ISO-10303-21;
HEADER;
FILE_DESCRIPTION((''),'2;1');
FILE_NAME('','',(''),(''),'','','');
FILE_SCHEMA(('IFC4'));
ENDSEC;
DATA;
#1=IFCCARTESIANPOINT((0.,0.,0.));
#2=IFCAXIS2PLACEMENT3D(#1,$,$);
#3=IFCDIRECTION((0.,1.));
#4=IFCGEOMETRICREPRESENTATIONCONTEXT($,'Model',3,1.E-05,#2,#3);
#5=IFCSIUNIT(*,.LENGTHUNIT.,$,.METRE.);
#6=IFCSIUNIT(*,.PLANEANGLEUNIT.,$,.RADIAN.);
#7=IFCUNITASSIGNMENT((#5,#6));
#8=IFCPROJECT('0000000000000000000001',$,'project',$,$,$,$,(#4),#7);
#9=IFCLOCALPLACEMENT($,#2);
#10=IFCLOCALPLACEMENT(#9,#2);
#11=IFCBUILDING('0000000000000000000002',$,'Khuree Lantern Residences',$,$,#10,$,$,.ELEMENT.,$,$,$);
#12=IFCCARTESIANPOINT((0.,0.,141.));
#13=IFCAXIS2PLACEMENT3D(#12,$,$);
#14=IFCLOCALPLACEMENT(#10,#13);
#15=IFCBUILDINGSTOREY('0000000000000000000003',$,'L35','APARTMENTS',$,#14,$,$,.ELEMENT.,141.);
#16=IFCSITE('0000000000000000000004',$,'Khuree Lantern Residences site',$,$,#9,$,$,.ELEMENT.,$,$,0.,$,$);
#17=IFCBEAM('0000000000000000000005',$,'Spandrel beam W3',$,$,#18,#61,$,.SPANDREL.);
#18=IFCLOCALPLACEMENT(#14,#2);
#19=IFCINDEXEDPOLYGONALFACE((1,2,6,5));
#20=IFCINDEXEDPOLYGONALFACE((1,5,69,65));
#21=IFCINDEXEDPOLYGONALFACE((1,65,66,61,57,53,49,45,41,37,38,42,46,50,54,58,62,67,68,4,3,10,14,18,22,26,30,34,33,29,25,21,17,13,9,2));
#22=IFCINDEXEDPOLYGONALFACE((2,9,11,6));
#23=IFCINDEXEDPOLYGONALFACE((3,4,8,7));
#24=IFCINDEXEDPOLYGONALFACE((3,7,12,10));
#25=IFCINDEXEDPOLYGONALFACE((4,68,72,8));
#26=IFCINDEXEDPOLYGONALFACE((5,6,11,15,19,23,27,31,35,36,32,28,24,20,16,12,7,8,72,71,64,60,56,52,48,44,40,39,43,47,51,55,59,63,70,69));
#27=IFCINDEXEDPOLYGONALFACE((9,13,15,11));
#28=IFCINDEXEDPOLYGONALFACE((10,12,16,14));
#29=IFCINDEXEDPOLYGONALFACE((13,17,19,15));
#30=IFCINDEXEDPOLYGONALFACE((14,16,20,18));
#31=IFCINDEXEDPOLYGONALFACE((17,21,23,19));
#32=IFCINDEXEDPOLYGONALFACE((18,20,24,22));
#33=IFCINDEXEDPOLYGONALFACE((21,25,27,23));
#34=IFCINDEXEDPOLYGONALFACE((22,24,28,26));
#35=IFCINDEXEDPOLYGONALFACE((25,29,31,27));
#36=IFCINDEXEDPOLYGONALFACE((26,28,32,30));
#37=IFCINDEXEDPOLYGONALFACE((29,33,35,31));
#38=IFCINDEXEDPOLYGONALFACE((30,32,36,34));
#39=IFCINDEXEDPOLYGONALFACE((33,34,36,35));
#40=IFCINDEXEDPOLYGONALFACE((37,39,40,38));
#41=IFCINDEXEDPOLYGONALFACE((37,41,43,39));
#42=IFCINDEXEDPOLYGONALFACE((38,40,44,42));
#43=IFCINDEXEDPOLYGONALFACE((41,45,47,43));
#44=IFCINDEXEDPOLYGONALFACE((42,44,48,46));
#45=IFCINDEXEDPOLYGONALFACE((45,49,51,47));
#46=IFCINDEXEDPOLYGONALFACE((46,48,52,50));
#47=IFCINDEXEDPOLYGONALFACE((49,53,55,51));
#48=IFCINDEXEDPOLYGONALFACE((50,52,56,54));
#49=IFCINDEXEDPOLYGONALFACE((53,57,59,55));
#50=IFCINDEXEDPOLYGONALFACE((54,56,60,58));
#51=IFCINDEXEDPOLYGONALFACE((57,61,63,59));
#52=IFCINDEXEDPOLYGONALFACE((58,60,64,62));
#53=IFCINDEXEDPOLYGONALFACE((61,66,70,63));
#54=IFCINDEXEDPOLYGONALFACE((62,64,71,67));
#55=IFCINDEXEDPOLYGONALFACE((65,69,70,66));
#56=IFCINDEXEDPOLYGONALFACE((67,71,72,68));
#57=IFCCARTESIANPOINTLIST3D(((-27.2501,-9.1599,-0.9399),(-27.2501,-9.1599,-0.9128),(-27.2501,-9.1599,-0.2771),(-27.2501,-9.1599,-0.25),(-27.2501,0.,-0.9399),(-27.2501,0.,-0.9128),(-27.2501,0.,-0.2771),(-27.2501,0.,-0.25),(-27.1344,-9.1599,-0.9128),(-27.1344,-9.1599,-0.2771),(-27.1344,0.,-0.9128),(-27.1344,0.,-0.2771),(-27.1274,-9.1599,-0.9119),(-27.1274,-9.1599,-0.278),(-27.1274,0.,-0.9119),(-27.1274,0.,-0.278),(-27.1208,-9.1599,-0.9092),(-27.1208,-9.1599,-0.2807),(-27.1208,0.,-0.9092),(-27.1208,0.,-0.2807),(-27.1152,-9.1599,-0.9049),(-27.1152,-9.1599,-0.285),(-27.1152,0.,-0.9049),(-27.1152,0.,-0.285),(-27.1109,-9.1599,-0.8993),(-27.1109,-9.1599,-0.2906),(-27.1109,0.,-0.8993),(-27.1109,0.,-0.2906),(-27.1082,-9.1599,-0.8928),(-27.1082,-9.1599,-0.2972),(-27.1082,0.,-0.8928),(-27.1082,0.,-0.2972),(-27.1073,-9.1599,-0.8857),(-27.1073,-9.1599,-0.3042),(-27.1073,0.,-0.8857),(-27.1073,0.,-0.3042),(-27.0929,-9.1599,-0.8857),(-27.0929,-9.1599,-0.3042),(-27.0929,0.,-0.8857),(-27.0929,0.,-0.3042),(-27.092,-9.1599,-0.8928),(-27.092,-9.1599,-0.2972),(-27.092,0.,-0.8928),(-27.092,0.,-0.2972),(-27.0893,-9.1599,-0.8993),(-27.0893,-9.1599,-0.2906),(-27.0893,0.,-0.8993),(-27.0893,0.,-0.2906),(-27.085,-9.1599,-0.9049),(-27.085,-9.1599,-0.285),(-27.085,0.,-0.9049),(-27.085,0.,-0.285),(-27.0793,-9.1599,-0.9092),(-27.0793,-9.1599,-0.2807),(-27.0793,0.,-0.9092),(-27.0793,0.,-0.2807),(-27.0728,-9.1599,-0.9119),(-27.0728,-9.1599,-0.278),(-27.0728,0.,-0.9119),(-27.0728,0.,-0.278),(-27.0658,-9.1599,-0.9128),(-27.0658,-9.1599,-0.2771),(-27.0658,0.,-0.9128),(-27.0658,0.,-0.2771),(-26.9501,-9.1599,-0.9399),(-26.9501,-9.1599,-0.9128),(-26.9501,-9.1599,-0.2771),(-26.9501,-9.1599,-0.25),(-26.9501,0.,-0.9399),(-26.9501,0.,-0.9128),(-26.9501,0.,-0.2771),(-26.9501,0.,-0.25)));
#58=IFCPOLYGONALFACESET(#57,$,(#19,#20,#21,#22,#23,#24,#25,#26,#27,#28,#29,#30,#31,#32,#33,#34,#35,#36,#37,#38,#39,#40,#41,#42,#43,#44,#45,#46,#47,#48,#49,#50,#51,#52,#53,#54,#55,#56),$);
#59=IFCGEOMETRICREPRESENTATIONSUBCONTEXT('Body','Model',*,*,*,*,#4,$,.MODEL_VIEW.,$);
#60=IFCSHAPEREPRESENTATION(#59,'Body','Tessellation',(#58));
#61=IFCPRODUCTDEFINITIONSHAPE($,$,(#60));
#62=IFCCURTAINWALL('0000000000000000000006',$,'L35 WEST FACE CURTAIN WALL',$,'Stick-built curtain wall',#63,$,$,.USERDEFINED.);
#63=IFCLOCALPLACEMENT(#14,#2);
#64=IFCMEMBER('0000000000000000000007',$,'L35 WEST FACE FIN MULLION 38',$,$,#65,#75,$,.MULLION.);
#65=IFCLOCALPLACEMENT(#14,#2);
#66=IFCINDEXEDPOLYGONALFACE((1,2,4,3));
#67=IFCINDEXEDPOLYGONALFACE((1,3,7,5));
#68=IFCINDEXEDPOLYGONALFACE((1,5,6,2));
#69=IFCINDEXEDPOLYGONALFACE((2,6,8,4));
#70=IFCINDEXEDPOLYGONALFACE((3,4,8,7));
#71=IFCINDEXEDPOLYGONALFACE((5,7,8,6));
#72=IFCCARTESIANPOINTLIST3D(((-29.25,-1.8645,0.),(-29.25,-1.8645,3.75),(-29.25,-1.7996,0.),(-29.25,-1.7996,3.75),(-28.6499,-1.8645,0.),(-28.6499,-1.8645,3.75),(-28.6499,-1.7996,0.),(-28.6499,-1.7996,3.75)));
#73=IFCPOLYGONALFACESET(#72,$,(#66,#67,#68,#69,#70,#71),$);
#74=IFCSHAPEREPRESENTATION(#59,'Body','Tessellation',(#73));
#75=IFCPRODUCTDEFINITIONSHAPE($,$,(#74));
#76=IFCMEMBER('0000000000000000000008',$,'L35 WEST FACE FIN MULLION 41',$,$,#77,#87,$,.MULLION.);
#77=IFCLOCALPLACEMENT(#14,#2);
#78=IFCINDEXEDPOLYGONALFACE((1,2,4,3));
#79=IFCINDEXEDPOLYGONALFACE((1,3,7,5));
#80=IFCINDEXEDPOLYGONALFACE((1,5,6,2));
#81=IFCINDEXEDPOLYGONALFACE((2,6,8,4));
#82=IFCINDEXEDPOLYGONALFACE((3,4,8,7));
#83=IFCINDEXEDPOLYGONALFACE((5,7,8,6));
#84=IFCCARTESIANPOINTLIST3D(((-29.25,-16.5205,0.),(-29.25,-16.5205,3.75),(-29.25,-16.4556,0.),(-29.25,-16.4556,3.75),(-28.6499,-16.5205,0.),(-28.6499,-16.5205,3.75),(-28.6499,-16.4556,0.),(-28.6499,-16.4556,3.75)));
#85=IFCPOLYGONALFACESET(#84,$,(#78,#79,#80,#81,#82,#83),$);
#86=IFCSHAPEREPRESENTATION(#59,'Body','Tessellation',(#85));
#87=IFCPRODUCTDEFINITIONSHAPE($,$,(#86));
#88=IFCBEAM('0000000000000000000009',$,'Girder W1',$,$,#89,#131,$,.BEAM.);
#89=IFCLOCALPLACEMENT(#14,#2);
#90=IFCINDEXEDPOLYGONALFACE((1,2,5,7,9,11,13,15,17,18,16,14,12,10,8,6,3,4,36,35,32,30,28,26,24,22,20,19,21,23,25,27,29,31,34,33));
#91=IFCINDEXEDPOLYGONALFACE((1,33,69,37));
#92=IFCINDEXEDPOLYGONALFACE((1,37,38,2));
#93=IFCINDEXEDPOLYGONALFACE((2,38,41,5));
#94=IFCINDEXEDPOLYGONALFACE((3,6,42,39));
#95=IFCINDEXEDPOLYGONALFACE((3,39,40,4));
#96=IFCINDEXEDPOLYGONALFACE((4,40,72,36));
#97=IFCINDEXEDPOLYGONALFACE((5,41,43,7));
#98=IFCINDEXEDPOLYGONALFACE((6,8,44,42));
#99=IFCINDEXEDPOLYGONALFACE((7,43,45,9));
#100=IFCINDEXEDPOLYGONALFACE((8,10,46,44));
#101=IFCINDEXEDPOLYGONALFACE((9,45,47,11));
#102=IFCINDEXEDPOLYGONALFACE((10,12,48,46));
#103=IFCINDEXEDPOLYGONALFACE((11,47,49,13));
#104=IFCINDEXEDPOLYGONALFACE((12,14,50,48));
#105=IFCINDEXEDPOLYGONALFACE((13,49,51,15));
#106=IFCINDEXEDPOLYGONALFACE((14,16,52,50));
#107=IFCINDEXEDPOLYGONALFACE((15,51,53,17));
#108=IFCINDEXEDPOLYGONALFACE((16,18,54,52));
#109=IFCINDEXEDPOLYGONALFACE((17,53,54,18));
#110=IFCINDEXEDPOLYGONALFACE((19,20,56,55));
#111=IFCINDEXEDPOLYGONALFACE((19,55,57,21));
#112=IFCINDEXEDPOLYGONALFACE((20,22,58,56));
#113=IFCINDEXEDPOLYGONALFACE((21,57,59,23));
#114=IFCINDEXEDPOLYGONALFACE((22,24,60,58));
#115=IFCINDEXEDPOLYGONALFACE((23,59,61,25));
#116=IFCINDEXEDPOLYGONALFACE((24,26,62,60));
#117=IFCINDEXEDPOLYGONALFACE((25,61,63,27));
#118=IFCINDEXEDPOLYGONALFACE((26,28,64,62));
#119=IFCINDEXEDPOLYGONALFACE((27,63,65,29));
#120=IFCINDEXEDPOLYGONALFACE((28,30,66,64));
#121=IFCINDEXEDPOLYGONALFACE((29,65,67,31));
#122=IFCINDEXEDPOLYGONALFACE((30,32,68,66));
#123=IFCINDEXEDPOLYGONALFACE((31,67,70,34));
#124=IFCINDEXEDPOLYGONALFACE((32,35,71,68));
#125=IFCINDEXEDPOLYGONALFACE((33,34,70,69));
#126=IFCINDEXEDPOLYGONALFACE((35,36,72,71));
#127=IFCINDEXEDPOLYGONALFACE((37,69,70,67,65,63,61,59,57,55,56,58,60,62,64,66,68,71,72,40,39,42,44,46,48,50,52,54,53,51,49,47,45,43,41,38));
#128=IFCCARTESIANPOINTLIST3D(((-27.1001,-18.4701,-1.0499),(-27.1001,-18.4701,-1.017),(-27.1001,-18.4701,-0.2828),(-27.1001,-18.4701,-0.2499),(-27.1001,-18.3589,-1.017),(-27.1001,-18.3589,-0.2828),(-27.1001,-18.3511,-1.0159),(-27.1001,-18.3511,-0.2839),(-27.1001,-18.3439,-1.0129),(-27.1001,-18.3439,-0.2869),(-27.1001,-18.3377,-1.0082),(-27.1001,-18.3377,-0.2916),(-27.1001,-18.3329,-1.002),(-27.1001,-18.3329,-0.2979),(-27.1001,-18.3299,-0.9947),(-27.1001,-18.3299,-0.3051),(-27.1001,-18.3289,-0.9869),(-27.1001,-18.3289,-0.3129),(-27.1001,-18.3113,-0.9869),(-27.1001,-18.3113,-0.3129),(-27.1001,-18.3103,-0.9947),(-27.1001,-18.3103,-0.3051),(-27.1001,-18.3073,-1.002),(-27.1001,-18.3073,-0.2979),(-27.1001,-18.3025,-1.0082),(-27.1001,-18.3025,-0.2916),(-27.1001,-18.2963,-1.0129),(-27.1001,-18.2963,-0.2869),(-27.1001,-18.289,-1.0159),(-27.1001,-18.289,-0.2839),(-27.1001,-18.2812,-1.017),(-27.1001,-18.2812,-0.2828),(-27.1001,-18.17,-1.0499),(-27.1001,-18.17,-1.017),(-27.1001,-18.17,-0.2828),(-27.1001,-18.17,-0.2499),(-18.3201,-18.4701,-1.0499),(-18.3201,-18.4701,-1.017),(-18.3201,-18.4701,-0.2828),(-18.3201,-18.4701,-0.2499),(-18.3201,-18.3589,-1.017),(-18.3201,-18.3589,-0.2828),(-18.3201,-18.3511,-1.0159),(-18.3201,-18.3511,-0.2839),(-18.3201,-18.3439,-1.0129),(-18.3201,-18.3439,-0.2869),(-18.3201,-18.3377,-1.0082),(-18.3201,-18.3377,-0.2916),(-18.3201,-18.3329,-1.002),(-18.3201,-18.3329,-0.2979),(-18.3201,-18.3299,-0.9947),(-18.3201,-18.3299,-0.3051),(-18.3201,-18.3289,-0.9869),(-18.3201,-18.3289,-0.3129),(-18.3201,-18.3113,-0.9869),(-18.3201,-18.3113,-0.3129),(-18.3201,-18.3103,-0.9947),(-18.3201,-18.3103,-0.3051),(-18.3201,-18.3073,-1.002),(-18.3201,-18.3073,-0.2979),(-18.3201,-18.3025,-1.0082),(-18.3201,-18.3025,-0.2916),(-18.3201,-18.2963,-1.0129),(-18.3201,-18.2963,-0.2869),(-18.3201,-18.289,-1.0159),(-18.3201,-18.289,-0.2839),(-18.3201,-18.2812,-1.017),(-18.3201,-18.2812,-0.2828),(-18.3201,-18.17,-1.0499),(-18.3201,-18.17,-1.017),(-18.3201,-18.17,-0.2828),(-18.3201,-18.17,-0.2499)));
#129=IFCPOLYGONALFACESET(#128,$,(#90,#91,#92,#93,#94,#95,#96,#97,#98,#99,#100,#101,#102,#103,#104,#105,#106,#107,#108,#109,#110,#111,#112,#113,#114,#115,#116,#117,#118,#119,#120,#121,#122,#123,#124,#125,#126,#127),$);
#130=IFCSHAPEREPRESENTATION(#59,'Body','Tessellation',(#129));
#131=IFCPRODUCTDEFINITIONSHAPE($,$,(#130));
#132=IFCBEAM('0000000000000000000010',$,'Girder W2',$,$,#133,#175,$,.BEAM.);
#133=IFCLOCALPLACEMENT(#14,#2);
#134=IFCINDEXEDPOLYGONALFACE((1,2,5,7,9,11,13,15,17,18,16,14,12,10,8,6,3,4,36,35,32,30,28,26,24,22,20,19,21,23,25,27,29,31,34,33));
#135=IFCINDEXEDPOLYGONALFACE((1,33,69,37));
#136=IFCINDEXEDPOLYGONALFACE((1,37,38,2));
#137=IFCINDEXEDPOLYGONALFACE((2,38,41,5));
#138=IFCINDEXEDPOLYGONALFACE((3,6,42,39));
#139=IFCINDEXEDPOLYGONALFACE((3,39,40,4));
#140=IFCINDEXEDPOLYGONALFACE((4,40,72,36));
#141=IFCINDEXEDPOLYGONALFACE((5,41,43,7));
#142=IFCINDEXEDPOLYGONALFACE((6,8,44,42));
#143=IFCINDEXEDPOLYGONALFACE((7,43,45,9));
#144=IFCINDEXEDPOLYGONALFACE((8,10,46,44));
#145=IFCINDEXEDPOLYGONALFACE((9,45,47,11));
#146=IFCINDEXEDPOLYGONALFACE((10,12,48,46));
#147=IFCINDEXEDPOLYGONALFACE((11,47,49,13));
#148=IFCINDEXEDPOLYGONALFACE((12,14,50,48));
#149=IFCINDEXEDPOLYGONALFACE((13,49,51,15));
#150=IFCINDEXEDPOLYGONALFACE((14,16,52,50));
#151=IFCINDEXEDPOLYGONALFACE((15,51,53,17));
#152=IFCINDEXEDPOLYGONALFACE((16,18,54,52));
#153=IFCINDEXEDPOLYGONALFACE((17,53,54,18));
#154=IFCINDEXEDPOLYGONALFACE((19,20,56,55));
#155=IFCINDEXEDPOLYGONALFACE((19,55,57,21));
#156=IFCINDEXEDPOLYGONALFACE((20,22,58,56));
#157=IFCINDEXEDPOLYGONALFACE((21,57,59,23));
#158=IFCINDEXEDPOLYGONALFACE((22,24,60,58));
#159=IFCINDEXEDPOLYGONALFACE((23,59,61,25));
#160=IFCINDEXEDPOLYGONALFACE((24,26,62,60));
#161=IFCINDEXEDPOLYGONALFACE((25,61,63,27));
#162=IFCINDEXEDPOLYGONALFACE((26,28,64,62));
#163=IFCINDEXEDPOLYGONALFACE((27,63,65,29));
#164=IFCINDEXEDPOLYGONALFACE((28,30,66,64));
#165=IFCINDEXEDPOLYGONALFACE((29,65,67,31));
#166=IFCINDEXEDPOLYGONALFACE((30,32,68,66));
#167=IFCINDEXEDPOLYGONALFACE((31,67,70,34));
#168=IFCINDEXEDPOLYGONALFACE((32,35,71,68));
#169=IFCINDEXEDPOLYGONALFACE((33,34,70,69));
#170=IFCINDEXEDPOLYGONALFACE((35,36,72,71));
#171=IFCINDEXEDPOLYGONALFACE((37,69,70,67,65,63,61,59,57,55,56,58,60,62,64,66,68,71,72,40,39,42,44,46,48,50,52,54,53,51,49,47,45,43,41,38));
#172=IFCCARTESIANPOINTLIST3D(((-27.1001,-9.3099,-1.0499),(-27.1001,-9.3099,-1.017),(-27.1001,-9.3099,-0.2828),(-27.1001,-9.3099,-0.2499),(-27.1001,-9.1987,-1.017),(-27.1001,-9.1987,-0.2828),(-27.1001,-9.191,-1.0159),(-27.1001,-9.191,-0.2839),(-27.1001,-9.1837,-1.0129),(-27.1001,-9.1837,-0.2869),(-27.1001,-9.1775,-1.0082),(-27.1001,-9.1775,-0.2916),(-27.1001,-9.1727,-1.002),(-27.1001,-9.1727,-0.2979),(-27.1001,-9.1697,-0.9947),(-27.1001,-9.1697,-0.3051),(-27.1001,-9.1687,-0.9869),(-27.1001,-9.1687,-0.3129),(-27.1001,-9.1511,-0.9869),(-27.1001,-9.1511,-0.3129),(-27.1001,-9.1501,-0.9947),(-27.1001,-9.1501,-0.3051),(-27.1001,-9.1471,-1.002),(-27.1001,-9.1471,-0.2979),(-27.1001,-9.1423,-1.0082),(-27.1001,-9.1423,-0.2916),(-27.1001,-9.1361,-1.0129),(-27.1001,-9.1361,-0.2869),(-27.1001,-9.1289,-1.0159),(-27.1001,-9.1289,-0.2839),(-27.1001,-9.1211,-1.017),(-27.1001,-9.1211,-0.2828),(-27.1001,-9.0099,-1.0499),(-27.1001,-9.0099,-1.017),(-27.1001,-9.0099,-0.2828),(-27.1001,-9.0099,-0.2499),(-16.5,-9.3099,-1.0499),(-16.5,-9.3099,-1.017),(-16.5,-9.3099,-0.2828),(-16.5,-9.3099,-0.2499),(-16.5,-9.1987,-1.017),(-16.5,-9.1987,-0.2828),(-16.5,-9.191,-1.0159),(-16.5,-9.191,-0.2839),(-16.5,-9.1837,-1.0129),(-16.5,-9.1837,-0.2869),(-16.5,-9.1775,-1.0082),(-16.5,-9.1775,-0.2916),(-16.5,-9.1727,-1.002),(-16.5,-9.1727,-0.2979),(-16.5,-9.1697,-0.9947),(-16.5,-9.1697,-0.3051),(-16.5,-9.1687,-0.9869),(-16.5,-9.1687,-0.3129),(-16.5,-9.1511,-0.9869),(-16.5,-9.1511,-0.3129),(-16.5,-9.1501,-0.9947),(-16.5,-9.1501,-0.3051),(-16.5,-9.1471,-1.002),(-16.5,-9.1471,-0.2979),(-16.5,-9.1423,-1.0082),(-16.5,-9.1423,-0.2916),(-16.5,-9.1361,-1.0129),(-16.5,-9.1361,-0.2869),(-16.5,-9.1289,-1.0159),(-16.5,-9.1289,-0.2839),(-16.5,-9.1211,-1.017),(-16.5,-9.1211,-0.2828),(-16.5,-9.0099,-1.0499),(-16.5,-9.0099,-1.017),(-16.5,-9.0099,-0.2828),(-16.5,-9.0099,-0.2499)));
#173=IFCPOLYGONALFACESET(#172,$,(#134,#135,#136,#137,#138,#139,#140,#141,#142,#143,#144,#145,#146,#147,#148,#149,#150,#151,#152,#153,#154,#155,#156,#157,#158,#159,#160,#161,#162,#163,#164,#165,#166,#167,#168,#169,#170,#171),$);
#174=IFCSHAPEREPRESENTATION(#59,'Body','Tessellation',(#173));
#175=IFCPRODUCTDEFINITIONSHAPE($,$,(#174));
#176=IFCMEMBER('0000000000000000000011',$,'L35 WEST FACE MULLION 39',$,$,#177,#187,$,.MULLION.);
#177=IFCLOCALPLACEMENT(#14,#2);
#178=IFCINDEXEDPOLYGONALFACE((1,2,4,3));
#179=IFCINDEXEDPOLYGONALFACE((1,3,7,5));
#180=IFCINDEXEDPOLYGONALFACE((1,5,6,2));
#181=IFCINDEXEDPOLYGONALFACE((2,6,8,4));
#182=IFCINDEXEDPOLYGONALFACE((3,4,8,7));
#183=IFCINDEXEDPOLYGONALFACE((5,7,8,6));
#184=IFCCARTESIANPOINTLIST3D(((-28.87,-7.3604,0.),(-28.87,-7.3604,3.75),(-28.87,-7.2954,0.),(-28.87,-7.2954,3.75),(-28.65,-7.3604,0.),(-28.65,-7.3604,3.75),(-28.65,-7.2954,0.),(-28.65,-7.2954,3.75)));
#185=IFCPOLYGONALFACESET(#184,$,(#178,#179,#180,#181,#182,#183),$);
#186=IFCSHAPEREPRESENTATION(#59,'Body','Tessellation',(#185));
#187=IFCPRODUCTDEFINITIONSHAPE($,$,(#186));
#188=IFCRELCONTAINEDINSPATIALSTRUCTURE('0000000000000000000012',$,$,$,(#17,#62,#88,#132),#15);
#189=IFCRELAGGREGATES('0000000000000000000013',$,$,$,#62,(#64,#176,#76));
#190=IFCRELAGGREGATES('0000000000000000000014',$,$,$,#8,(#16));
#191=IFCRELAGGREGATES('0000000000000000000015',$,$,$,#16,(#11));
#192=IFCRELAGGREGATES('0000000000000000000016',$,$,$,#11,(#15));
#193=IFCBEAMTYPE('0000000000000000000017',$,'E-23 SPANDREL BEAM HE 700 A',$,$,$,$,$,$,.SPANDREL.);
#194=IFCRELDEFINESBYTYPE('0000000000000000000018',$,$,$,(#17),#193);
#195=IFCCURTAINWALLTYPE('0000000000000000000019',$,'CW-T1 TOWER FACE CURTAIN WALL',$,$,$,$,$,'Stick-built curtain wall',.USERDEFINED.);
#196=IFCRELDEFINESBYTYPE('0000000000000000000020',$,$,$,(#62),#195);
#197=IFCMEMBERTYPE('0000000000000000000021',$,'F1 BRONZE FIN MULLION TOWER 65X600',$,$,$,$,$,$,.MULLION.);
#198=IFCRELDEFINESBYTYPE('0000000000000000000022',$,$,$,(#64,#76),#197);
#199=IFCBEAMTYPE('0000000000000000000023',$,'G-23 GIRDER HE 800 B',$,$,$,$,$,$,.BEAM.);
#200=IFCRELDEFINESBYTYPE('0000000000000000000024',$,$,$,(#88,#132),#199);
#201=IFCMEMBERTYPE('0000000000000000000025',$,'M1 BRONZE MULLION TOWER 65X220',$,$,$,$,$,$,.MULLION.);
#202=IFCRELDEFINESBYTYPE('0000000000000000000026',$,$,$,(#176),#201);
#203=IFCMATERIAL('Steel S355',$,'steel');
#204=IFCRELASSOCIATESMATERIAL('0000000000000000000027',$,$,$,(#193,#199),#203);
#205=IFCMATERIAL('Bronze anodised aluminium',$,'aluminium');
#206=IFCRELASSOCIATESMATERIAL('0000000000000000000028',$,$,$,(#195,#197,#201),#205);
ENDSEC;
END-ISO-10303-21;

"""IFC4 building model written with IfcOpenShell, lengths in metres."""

from ifc_helpers import new_model, si_unit, direction, frame, origin, origin_2d, place, context, subcontext, project, spatial, rectangle, i_section, extrude, material, material_profile, profile_set, type_object, element, aggregate, save


model = new_model("IFC4")

# Units and contexts
model_context = context("Model", 3, precision=1e-05, world=origin(), true_north=direction((0.0, 1.0)))
body_context = subcontext(model_context, "Body", "Model", "MODEL_VIEW")
ifc_project = project(units=[si_unit("LENGTHUNIT", "METRE"), si_unit("PLANEANGLEUNIT", "RADIAN")], contexts=[model_context])

# Site, building, storey
site_placement = place(None, origin())
site = spatial("IfcSite", under=ifc_project, at=site_placement, Name="Khuree Lantern Residences site", CompositionType="ELEMENT", RefElevation=0.0)
building_placement = place(site_placement, origin())
building = spatial("IfcBuilding", under=site, at=building_placement, Name="Khuree Lantern Residences", CompositionType="ELEMENT")
storey_placement = place(building_placement, frame((0.0, 0.0, 141.0)))
storey = spatial("IfcBuildingStorey", under=building, at=storey_placement, Name="L35", Description="APARTMENTS", CompositionType="ELEMENT", Elevation=141.0)

# Beam
ifc_material_1 = material(Name="Steel S355", Category="steel")
ifc_material_profile_1 = material_profile(ifc_material_1, i_section(OverallWidth=0.3, OverallDepth=0.6899, WebThickness=0.0144, FlangeThickness=0.0271, FilletRadius=0.0271, at=origin_2d()), Name="HE 700 A")
ifc_profile_set_1 = profile_set([ifc_material_profile_1], Name="Steel S355")
beam_type_1 = type_object("IfcBeamType", Name="E-23 SPANDREL BEAM HE 700 A", PredefinedType="SPANDREL", material=ifc_profile_set_1)
beam_1_placement = place(storey_placement, frame((-27.1001, -9.1599, -0.595), z_axis=(0.0, 1.0, 0.0), x_axis=(-1.0, 0.0, 0.0)))
element("IfcBeam", 1, at=beam_1_placement, inside=storey, type_object=beam_type_1, Name="Spandrel beam W3", PredefinedType="SPANDREL", context=body_context, shape_type="SweptSolid", body=[
    extrude(i_section(OverallWidth=0.3, OverallDepth=0.6899, WebThickness=0.0144, FlangeThickness=0.0271, FilletRadius=0.0271, at=origin_2d()), origin(), (0.0, 0.0, 1.0), 9.1599),
])

# Curtain wall, members
ifc_material_2 = material(Name="Bronze anodised aluminium", Category="aluminium")
curtain_wall_type = type_object("IfcCurtainWallType", Name="CW-T1 TOWER FACE CURTAIN WALL", ElementType="Stick-built curtain wall", PredefinedType="USERDEFINED", material=ifc_material_2)
curtain_wall_placement = place(storey_placement, origin())
curtain_wall = element("IfcCurtainWall", 2, at=curtain_wall_placement, inside=storey, type_object=curtain_wall_type, Name="L35 WEST FACE CURTAIN WALL", ObjectType="Stick-built curtain wall", PredefinedType="USERDEFINED")
ifc_material_profile_2 = material_profile(ifc_material_2, rectangle(XDim=0.0649, YDim=0.6001, at=origin_2d()), Name="F1 65X600")
ifc_profile_set_2 = profile_set([ifc_material_profile_2], Name="Bronze anodised aluminium")
member_type_1 = type_object("IfcMemberType", Name="F1 BRONZE FIN MULLION TOWER 65X600", PredefinedType="MULLION", material=ifc_profile_set_2)
member_1_placement = place(storey_placement, frame((-28.95, -1.832, 0.0), z_axis=(0.0, 0.0, 1.0), x_axis=(0.0, -1.0, 0.0)))
member_1 = element("IfcMember", 3, at=member_1_placement, type_object=member_type_1, Name="L35 WEST FACE FIN MULLION 38", PredefinedType="MULLION", context=body_context, shape_type="SweptSolid", body=[
    extrude(rectangle(XDim=0.0649, YDim=0.6001, at=origin_2d()), origin(), (0.0, 0.0, 1.0), 3.75),
])
member_2_placement = place(storey_placement, frame((-28.95, -16.488, 0.0), z_axis=(0.0, 0.0, 1.0), x_axis=(0.0, -1.0, 0.0)))
member_2 = element("IfcMember", 4, at=member_2_placement, type_object=member_type_1, Name="L35 WEST FACE FIN MULLION 41", PredefinedType="MULLION", context=body_context, shape_type="SweptSolid", body=[
    extrude(rectangle(XDim=0.0649, YDim=0.6001, at=origin_2d()), origin(), (0.0, 0.0, 1.0), 3.75),
])

# Beams
ifc_material_profile_3 = material_profile(ifc_material_1, i_section(OverallWidth=0.3, OverallDepth=0.8, WebThickness=0.0176, FlangeThickness=0.033, FilletRadius=0.03, at=origin_2d()), Name="HE 800 B")
ifc_profile_set_3 = profile_set([ifc_material_profile_3], Name="Steel S355")
beam_type_2 = type_object("IfcBeamType", Name="G-23 GIRDER HE 800 B", PredefinedType="BEAM", material=ifc_profile_set_3)
beam_2_placement = place(storey_placement, frame((-27.1001, -18.3201, -0.6499), z_axis=(1.0, 0.0, 0.0), x_axis=(0.0, 1.0, 0.0)))
element("IfcBeam", 5, at=beam_2_placement, inside=storey, type_object=beam_type_2, Name="Girder W1", PredefinedType="BEAM", context=body_context, shape_type="SweptSolid", body=[
    extrude(i_section(OverallWidth=0.3, OverallDepth=0.8, WebThickness=0.0176, FlangeThickness=0.033, FilletRadius=0.03, at=origin_2d()), origin(), (0.0, 0.0, 1.0), 8.78),
])
beam_3_placement = place(storey_placement, frame((-27.1001, -9.1599, -0.6499), z_axis=(1.0, 0.0, 0.0), x_axis=(0.0, 1.0, 0.0)))
element("IfcBeam", 6, at=beam_3_placement, inside=storey, type_object=beam_type_2, Name="Girder W2", PredefinedType="BEAM", context=body_context, shape_type="SweptSolid", body=[
    extrude(i_section(OverallWidth=0.3, OverallDepth=0.8, WebThickness=0.0176, FlangeThickness=0.033, FilletRadius=0.03, at=origin_2d()), origin(), (0.0, 0.0, 1.0), 10.6001),
])

# Member
ifc_material_profile_4 = material_profile(ifc_material_2, rectangle(XDim=0.0649, YDim=0.22, at=origin_2d()), Name="M1 65X220")
ifc_profile_set_4 = profile_set([ifc_material_profile_4], Name="Bronze anodised aluminium")
member_type_2 = type_object("IfcMemberType", Name="M1 BRONZE MULLION TOWER 65X220", PredefinedType="MULLION", material=ifc_profile_set_4)
member_3_placement = place(storey_placement, frame((-28.76, -7.3279, 0.0), z_axis=(0.0, 0.0, 1.0), x_axis=(0.0, -1.0, 0.0)))
member_3 = element("IfcMember", 7, at=member_3_placement, type_object=member_type_2, Name="L35 WEST FACE MULLION 39", PredefinedType="MULLION", context=body_context, shape_type="SweptSolid", body=[
    extrude(rectangle(XDim=0.0649, YDim=0.22, at=origin_2d()), origin(), (0.0, 0.0, 1.0), 3.75),
])

aggregate(curtain_wall, [member_1, member_3, member_2])

save(model, "model.ifc")
